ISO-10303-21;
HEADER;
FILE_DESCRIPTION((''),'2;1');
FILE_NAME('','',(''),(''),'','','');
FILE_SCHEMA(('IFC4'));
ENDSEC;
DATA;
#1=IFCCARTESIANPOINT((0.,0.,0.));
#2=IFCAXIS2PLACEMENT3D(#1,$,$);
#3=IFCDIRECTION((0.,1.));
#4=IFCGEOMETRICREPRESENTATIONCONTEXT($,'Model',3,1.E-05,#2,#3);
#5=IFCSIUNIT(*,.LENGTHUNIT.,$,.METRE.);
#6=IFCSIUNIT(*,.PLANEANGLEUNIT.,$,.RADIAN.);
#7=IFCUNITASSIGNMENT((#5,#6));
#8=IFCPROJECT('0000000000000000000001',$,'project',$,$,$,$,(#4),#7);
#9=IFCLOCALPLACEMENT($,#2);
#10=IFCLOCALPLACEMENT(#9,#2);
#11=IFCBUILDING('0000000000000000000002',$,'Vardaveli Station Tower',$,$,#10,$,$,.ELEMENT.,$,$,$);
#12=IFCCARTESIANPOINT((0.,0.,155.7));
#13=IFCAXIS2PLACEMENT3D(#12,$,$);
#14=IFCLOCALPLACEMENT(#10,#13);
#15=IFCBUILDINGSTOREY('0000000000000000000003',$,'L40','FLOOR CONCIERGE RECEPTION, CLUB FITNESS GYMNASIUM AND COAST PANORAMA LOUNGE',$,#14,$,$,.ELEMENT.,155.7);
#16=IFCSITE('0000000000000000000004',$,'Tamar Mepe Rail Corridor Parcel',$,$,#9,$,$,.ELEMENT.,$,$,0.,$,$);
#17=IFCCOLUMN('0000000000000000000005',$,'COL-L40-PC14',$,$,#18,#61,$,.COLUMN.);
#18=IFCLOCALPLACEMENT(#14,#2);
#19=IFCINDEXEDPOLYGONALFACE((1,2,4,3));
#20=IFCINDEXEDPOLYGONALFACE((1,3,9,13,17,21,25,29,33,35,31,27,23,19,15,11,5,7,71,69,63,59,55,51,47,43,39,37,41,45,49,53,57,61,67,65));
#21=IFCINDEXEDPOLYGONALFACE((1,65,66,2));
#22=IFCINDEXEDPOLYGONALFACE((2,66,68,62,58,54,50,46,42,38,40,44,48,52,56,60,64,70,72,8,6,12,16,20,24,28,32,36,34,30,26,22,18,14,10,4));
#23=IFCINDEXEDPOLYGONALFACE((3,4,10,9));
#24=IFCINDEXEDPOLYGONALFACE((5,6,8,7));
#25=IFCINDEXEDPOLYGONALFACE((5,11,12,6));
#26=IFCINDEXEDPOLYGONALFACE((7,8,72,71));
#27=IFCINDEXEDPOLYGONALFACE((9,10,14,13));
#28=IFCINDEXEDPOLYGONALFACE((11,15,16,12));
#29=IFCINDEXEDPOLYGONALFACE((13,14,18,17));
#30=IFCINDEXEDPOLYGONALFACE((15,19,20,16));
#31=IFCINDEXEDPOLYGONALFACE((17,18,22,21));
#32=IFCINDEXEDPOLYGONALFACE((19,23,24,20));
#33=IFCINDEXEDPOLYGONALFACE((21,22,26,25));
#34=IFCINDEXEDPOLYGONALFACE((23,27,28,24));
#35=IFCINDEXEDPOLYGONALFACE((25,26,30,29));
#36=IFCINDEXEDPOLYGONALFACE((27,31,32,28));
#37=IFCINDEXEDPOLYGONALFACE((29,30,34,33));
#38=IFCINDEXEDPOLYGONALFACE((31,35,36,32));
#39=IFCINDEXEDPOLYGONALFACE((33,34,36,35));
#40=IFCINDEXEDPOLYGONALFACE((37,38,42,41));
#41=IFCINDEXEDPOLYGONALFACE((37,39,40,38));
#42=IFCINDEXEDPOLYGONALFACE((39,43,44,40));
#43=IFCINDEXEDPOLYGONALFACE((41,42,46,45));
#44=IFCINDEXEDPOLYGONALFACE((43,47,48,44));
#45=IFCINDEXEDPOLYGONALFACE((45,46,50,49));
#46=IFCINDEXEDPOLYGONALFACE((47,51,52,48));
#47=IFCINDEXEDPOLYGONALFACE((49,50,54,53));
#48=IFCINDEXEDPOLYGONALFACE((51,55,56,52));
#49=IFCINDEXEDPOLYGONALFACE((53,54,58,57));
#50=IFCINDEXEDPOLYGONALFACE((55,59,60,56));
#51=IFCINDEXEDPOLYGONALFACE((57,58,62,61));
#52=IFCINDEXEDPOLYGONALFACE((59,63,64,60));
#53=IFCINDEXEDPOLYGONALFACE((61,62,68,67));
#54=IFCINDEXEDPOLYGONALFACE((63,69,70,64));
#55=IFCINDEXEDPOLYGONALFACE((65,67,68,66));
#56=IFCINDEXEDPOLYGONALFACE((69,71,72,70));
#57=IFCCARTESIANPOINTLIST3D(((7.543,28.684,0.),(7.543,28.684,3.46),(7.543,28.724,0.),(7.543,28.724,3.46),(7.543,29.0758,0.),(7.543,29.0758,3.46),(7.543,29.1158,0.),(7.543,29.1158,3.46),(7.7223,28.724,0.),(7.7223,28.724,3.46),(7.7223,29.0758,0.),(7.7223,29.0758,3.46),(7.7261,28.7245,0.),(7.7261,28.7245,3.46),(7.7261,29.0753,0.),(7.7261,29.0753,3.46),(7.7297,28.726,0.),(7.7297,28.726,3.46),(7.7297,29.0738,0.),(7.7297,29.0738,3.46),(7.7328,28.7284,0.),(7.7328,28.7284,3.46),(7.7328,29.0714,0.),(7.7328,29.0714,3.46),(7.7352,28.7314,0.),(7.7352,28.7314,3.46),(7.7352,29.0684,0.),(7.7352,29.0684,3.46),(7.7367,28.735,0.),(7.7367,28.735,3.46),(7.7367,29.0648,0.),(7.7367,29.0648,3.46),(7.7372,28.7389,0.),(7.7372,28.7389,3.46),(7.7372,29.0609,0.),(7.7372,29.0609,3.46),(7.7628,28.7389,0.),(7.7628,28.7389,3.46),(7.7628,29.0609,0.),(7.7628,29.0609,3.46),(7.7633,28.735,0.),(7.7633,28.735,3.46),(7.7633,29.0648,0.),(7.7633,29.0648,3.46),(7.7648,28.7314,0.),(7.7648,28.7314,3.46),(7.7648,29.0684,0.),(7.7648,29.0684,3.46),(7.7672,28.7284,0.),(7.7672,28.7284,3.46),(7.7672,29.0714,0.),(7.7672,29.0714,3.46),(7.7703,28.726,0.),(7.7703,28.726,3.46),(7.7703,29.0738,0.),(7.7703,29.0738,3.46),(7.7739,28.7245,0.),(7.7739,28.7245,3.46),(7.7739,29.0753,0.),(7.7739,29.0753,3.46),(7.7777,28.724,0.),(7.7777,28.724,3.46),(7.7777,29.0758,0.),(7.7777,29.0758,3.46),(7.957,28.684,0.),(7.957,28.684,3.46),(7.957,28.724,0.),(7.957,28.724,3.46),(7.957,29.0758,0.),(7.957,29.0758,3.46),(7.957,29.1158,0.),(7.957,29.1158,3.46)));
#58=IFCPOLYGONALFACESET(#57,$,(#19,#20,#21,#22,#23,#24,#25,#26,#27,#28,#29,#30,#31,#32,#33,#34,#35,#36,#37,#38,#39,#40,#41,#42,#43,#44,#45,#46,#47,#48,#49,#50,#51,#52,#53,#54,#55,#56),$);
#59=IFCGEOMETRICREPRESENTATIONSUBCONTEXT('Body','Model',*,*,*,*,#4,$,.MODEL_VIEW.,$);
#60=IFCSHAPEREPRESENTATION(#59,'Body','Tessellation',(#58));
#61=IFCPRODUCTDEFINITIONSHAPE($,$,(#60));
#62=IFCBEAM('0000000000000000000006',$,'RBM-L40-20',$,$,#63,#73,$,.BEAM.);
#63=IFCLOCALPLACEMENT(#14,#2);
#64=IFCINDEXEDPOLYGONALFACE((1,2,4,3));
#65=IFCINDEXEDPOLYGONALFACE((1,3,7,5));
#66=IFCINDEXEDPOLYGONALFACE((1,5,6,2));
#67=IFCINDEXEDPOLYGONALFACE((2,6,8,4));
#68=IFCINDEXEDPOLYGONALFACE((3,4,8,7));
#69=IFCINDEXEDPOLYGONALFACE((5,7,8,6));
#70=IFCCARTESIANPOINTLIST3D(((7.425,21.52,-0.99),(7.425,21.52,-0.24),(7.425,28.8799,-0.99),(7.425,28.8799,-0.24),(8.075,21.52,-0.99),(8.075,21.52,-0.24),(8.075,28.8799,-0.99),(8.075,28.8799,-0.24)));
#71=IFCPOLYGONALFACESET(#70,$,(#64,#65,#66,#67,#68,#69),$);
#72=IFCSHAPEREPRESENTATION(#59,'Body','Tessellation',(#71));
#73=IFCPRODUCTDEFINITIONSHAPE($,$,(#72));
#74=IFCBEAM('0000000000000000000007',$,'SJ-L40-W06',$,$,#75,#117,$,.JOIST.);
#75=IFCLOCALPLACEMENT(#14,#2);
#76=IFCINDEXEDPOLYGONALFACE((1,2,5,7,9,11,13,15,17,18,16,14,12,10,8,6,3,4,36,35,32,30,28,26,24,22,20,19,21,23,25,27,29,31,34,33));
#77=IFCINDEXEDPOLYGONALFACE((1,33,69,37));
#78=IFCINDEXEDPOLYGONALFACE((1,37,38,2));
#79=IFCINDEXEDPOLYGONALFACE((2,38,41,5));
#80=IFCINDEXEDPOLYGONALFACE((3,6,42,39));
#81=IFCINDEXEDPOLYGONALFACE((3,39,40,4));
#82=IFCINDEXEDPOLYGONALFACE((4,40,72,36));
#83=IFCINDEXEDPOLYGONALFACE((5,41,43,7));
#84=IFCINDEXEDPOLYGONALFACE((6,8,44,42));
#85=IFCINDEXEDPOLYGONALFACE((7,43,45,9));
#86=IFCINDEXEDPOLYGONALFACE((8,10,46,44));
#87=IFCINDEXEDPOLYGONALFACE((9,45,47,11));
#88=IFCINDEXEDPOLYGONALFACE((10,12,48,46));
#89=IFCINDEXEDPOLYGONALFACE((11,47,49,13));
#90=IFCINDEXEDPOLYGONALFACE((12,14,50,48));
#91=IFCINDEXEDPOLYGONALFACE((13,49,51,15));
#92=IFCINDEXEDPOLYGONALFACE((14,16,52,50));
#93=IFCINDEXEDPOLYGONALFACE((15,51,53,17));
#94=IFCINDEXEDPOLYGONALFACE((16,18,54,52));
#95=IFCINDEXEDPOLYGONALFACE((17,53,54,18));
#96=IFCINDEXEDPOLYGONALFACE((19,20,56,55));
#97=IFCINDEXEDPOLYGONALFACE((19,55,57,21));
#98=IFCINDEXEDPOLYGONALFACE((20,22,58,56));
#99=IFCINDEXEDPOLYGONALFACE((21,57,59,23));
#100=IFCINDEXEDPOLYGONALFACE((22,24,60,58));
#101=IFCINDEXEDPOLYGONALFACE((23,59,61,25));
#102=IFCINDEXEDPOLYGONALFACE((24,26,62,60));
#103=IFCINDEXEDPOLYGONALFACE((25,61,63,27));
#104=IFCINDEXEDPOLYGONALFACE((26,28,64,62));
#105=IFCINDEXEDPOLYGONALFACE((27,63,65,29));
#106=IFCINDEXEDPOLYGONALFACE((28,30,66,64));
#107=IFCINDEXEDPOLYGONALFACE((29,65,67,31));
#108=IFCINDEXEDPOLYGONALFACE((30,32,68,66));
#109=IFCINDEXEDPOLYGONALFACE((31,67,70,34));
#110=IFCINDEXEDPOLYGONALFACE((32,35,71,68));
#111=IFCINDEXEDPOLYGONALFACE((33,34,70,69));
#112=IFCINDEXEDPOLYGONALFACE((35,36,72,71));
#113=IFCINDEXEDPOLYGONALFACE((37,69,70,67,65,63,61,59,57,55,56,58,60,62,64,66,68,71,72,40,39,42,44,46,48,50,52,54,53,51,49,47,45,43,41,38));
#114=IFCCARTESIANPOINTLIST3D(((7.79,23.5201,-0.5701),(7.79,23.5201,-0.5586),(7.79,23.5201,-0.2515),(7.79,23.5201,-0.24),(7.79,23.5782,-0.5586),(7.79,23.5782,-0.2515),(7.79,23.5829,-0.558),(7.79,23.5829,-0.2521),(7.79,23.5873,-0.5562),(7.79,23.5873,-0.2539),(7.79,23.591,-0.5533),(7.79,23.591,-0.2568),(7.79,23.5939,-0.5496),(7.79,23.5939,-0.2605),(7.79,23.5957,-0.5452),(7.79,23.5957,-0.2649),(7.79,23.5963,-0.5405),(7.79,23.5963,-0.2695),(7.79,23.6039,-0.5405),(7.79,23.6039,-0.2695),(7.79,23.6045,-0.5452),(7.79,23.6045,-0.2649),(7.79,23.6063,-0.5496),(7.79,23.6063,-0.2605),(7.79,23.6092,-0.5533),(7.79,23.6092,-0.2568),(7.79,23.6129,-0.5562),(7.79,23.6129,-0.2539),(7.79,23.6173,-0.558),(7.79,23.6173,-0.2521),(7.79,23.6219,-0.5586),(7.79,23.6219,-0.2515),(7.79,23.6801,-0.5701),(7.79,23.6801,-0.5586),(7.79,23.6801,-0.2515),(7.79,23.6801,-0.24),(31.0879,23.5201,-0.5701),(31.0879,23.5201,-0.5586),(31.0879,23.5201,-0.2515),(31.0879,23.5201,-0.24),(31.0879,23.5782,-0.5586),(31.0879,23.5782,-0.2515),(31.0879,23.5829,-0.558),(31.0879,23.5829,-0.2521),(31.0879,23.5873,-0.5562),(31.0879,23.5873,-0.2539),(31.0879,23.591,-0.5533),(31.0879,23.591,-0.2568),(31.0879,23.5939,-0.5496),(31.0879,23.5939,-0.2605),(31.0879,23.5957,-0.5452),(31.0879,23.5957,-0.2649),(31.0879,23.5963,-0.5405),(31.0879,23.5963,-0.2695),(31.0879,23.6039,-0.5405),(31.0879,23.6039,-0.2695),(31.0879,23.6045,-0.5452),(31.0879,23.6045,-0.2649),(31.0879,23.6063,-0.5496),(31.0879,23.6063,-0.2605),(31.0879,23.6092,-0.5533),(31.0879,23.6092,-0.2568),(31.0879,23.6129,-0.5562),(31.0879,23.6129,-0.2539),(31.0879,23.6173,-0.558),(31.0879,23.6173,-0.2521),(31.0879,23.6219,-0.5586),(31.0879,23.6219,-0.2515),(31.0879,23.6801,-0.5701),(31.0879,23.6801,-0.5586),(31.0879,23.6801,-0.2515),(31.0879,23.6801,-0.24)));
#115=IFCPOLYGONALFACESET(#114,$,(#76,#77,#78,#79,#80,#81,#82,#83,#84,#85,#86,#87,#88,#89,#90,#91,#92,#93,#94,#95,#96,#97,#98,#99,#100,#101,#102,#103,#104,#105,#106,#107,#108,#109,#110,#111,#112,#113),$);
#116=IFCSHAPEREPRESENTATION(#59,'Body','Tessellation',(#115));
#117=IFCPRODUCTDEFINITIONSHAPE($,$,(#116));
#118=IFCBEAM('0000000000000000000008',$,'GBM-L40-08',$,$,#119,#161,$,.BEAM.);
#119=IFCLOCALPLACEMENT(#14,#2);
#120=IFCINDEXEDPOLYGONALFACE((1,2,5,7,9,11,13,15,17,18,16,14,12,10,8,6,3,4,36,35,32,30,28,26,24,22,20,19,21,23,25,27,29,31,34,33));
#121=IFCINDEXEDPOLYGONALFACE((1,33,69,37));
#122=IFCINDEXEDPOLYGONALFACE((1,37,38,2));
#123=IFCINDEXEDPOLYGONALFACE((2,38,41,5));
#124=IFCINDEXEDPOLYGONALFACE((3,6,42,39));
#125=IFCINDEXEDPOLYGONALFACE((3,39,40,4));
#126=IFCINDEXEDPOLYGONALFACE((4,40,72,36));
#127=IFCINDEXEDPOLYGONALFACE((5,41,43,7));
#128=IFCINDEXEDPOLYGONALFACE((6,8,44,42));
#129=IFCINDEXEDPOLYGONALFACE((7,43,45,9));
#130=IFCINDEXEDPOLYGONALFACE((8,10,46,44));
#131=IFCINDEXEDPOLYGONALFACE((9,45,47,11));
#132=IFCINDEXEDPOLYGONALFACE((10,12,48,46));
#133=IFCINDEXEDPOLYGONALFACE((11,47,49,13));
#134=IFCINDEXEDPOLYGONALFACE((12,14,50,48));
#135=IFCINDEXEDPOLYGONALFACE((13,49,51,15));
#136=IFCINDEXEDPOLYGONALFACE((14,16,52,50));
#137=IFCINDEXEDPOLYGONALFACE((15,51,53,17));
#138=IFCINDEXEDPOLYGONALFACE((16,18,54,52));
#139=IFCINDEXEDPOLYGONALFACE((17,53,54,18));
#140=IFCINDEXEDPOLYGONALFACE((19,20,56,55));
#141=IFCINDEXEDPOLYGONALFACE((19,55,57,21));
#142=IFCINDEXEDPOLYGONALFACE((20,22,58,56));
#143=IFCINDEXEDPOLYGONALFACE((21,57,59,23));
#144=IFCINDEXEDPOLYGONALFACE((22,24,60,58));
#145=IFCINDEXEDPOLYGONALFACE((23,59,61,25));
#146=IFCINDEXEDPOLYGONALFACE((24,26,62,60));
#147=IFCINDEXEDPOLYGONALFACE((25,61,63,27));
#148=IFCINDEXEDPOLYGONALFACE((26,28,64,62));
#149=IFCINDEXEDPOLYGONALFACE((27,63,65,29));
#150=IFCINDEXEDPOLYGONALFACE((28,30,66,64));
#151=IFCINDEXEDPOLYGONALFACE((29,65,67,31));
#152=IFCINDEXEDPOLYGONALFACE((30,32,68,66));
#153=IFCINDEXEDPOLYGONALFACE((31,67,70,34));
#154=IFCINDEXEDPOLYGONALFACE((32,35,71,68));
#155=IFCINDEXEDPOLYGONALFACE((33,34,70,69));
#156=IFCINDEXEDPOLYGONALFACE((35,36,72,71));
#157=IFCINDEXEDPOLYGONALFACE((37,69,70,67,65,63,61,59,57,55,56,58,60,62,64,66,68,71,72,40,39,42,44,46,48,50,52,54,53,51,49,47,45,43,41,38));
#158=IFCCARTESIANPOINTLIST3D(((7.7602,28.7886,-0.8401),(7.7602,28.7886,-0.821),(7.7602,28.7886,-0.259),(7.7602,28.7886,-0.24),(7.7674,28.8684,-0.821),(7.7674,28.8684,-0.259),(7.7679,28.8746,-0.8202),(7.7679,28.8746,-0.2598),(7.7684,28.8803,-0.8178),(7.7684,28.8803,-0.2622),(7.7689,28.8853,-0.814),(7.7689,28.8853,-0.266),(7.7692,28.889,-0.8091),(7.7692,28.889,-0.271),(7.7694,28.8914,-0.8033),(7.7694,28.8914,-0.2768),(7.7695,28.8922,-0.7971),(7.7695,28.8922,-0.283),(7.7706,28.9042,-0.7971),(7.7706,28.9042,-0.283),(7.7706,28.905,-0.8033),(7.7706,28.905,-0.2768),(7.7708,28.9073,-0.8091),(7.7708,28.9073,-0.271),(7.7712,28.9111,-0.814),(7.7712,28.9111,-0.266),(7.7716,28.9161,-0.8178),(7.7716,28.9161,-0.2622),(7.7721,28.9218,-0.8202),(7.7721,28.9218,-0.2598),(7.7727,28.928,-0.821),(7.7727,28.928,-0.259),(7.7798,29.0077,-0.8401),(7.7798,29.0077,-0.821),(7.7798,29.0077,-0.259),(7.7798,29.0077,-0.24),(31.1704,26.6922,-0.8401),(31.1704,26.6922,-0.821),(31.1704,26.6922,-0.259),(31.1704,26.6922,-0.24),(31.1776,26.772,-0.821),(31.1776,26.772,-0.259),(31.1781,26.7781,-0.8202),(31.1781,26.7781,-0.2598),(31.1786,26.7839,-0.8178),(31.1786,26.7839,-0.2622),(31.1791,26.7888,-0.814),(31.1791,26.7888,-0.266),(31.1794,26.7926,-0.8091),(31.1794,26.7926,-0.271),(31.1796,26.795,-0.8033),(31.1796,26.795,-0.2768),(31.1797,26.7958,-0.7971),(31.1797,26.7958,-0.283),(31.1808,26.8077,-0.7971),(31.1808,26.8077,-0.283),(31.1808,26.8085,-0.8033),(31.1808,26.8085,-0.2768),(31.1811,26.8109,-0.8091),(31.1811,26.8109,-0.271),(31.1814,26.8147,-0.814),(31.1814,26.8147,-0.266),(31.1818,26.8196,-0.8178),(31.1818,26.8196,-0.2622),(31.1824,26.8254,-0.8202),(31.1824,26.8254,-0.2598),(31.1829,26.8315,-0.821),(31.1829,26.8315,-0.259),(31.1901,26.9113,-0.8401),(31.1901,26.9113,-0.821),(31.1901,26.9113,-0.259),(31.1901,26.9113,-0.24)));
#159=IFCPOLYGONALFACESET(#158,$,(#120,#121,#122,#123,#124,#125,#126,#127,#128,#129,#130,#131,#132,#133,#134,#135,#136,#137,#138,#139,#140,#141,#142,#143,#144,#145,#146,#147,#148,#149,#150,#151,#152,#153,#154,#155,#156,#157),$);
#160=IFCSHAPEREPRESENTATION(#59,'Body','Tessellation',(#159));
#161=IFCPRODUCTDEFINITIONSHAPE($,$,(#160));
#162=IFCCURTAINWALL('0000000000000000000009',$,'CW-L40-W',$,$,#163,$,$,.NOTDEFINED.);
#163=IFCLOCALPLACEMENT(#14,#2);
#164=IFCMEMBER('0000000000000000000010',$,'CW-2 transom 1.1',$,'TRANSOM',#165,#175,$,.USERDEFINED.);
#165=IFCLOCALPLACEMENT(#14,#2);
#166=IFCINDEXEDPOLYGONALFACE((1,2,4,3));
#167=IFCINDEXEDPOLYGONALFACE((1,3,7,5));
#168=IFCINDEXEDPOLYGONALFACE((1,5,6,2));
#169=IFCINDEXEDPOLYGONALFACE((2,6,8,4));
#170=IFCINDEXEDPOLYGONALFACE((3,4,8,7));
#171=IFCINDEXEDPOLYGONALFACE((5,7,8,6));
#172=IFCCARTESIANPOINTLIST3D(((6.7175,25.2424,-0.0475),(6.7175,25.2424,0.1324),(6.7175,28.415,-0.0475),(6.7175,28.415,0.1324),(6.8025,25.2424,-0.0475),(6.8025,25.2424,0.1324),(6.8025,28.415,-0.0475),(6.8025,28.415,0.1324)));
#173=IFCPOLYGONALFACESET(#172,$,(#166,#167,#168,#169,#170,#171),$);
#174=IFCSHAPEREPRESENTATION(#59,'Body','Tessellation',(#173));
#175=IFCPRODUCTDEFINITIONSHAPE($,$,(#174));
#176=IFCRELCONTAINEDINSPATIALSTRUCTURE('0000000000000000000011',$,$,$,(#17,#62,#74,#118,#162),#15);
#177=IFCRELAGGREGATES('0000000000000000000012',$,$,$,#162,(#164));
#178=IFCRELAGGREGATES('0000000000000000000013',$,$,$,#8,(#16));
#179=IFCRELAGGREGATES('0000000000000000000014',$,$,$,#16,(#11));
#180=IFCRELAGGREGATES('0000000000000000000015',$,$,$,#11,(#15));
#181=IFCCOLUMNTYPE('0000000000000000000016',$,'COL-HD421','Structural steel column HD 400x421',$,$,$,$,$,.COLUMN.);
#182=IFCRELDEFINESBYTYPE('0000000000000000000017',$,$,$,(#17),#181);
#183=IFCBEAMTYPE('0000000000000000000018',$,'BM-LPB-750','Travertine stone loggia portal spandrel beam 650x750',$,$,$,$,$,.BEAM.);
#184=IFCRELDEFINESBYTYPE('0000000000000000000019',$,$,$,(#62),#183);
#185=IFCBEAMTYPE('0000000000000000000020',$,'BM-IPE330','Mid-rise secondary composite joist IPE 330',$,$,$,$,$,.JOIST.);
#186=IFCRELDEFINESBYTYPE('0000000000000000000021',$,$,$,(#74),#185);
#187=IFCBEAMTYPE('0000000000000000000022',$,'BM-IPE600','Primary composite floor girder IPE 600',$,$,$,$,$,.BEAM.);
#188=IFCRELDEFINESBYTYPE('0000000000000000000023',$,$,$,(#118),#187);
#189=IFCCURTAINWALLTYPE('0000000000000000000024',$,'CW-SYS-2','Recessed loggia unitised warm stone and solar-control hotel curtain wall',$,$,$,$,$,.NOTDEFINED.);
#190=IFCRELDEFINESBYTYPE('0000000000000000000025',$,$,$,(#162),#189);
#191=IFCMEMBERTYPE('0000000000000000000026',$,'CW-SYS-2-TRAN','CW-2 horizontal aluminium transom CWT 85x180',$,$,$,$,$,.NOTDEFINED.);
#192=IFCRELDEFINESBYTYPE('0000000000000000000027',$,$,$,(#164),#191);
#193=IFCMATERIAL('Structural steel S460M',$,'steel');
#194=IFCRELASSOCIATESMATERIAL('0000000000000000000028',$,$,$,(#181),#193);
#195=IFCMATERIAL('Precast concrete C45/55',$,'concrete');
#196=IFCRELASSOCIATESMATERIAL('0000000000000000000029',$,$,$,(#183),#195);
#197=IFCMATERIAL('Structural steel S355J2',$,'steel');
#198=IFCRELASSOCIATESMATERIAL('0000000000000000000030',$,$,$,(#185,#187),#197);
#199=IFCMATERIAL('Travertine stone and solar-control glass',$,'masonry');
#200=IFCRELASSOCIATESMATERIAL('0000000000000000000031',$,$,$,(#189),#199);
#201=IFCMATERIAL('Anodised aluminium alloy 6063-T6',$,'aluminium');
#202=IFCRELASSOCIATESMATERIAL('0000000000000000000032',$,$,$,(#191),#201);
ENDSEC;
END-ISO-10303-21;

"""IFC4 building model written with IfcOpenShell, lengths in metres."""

from ifc_helpers import new_model, si_unit, direction, frame, origin, origin_2d, place, context, subcontext, project, spatial, rectangle, i_section, extrude, source, transform, mapped, material, material_profile, profile_set, type_object, element, aggregate, save


model = new_model("IFC4")

# Units and contexts
model_context = context("Model", 3, precision=1e-05, world=origin(), true_north=direction((0.0, 1.0)))
body_context = subcontext(model_context, "Body", "Model", "MODEL_VIEW")
ifc_project = project(units=[si_unit("LENGTHUNIT", "METRE"), si_unit("PLANEANGLEUNIT", "RADIAN")], contexts=[model_context])

# Site, building, storey
site_placement = place(None, origin())
site = spatial("IfcSite", under=ifc_project, at=site_placement, Name="Tamar Mepe Rail Corridor Parcel", CompositionType="ELEMENT", RefElevation=0.0)
building_placement = place(site_placement, origin())
building = spatial("IfcBuilding", under=site, at=building_placement, Name="Vardaveli Station Tower", CompositionType="ELEMENT")
storey_placement = place(building_placement, frame((0.0, 0.0, 155.7)))
storey = spatial("IfcBuildingStorey", under=building, at=storey_placement, Name="L40", Description="FLOOR CONCIERGE RECEPTION, CLUB FITNESS GYMNASIUM AND COAST PANORAMA LOUNGE", CompositionType="ELEMENT", Elevation=155.7)

# Column
ifc_material_1 = material(Name="Structural steel S460M", Category="steel")
ifc_material_profile_1 = material_profile(ifc_material_1, i_section(OverallWidth=0.4141, OverallDepth=0.4319, WebThickness=0.0256, FlangeThickness=0.04, FilletRadius=0.0149, at=origin_2d()), Name="HD 400x421")
ifc_profile_set_1 = profile_set([ifc_material_profile_1], Name="Structural steel S460M")
column_type = type_object("IfcColumnType", Name="COL-HD421", Description="Structural steel column HD 400x421", PredefinedType="COLUMN", material=ifc_profile_set_1)
shared_shape_1 = source(origin(), body_context, "Body", "SweptSolid", [
    extrude(i_section(OverallWidth=0.4141, OverallDepth=0.4319, WebThickness=0.0256, FlangeThickness=0.04, FilletRadius=0.0149, at=origin_2d()), origin(), (0.0, 0.0, 1.0), 3.46),
])
column_placement = place(storey_placement, frame((7.75, 28.8999, 0.0), z_axis=(0.0, 0.0, 1.0), x_axis=(1.0, 0.0, 0.0)))
element("IfcColumn", 1, at=column_placement, inside=storey, type_object=column_type, Name="COL-L40-PC14", PredefinedType="COLUMN", context=body_context, shape_type="MappedRepresentation", body=[
    mapped(shared_shape_1, transform((0.0, 0.0, 0.0), scale=1.0)),
])

# Beams
ifc_material_2 = material(Name="Precast concrete C45/55", Category="concrete")
ifc_material_profile_2 = material_profile(ifc_material_2, rectangle(XDim=0.6499, YDim=0.75, at=origin_2d()), Name="LPB 650x750")
ifc_profile_set_2 = profile_set([ifc_material_profile_2], Name="Precast concrete C45/55")
beam_type_1 = type_object("IfcBeamType", Name="BM-LPB-750", Description="Travertine stone loggia portal spandrel beam 650x750", PredefinedType="BEAM", material=ifc_profile_set_2)
shared_shape_2 = source(origin(), body_context, "Body", "SweptSolid", [
    extrude(rectangle(XDim=0.6499, YDim=0.75, at=origin_2d()), origin(), (0.0, 0.0, 1.0), 7.3599),
])
beam_1_placement = place(storey_placement, frame((7.75, 28.8799, -0.615), z_axis=(0.0, -1.0, 0.0), x_axis=(1.0, 0.0, 0.0)))
element("IfcBeam", 2, at=beam_1_placement, inside=storey, type_object=beam_type_1, Name="RBM-L40-20", PredefinedType="BEAM", context=body_context, shape_type="MappedRepresentation", body=[
    mapped(shared_shape_2, transform((0.0, 0.0, 0.0), scale=1.0)),
])
ifc_material_3 = material(Name="Structural steel S355J2", Category="steel")
ifc_material_profile_3 = material_profile(ifc_material_3, i_section(OverallWidth=0.1599, OverallDepth=0.3301, WebThickness=0.0076, FlangeThickness=0.0115, FilletRadius=0.0181, at=origin_2d()), Name="IPE 330")
ifc_profile_set_3 = profile_set([ifc_material_profile_3], Name="Structural steel S355J2")
beam_type_2 = type_object("IfcBeamType", Name="BM-IPE330", Description="Mid-rise secondary composite joist IPE 330", PredefinedType="JOIST", material=ifc_profile_set_3)
shared_shape_3 = source(origin(), body_context, "Body", "SweptSolid", [
    extrude(i_section(OverallWidth=0.1599, OverallDepth=0.3301, WebThickness=0.0076, FlangeThickness=0.0115, FilletRadius=0.0181, at=origin_2d()), origin(), (0.0, 0.0, 1.0), 23.2979),
])
beam_2_placement = place(storey_placement, frame((7.79, 23.6001, -0.405), z_axis=(1.0, 0.0, 0.0), x_axis=(0.0, 1.0, 0.0)))
element("IfcBeam", 3, at=beam_2_placement, inside=storey, type_object=beam_type_2, Name="SJ-L40-W06", PredefinedType="JOIST", context=body_context, shape_type="MappedRepresentation", body=[
    mapped(shared_shape_3, transform((0.0, 0.0, 0.0), scale=1.0)),
])
ifc_material_profile_4 = material_profile(ifc_material_3, i_section(OverallWidth=0.22, OverallDepth=0.6001, WebThickness=0.012, FlangeThickness=0.019, FilletRadius=0.0239, at=origin_2d()), Name="IPE 600")
ifc_profile_set_4 = profile_set([ifc_material_profile_4], Name="Structural steel S355J2")
beam_type_3 = type_object("IfcBeamType", Name="BM-IPE600", Description="Primary composite floor girder IPE 600", PredefinedType="BEAM", material=ifc_profile_set_4)
shared_shape_4 = source(origin(), body_context, "Body", "SweptSolid", [
    extrude(i_section(OverallWidth=0.22, OverallDepth=0.6001, WebThickness=0.012, FlangeThickness=0.019, FilletRadius=0.0239, at=origin_2d()), origin(), (0.0, 0.0, 1.0), 23.5039),
])
beam_3_placement = place(storey_placement, frame((7.77, 28.8982, -0.54), z_axis=(0.996014, -0.089195, 0.0), x_axis=(0.089195, 0.996014, 0.0)))
element("IfcBeam", 4, at=beam_3_placement, inside=storey, type_object=beam_type_3, Name="GBM-L40-08", PredefinedType="BEAM", context=body_context, shape_type="MappedRepresentation", body=[
    mapped(shared_shape_4, transform((0.0, 0.0, 0.0), scale=1.0)),
])

# Curtain wall, member
ifc_material_4 = material(Name="Travertine stone and solar-control glass", Category="masonry")
curtain_wall_type = type_object("IfcCurtainWallType", Name="CW-SYS-2", Description="Recessed loggia unitised warm stone and solar-control hotel curtain wall", PredefinedType="NOTDEFINED", material=ifc_material_4)
curtain_wall_placement = place(storey_placement, origin())
curtain_wall = element("IfcCurtainWall", 5, at=curtain_wall_placement, inside=storey, type_object=curtain_wall_type, Name="CW-L40-W", PredefinedType="NOTDEFINED")
ifc_material_5 = material(Name="Anodised aluminium alloy 6063-T6", Category="aluminium")
ifc_material_profile_5 = material_profile(ifc_material_5, rectangle(XDim=0.085, YDim=0.1799, at=origin_2d()), Name="CWT 85x180")
ifc_profile_set_5 = profile_set([ifc_material_profile_5], Name="Anodised aluminium alloy 6063-T6")
member_type_1 = type_object("IfcMemberType", Name="CW-SYS-2-TRAN", Description="CW-2 horizontal aluminium transom CWT 85x180", PredefinedType="NOTDEFINED", material=ifc_profile_set_5)
shared_shape_5 = source(origin(), body_context, "Body", "SweptSolid", [
    extrude(rectangle(XDim=0.085, YDim=0.1799, at=origin_2d()), origin(), (0.0, 0.0, 1.0), 3.1726),
])
member_1_placement = place(storey_placement, frame((6.76, 28.415, 0.0425), z_axis=(0.0, -1.0, 0.0), x_axis=(1.0, 0.0, 0.0)))
member_1 = element("IfcMember", 6, at=member_1_placement, type_object=member_type_1, Name="CW-2 transom 1.1", ObjectType="TRANSOM", PredefinedType="USERDEFINED", context=body_context, shape_type="MappedRepresentation", body=[
    mapped(shared_shape_5, transform((0.0, 0.0, 0.0), scale=1.0)),
])
aggregate(curtain_wall, [member_1])

save(model, "model.ifc")
